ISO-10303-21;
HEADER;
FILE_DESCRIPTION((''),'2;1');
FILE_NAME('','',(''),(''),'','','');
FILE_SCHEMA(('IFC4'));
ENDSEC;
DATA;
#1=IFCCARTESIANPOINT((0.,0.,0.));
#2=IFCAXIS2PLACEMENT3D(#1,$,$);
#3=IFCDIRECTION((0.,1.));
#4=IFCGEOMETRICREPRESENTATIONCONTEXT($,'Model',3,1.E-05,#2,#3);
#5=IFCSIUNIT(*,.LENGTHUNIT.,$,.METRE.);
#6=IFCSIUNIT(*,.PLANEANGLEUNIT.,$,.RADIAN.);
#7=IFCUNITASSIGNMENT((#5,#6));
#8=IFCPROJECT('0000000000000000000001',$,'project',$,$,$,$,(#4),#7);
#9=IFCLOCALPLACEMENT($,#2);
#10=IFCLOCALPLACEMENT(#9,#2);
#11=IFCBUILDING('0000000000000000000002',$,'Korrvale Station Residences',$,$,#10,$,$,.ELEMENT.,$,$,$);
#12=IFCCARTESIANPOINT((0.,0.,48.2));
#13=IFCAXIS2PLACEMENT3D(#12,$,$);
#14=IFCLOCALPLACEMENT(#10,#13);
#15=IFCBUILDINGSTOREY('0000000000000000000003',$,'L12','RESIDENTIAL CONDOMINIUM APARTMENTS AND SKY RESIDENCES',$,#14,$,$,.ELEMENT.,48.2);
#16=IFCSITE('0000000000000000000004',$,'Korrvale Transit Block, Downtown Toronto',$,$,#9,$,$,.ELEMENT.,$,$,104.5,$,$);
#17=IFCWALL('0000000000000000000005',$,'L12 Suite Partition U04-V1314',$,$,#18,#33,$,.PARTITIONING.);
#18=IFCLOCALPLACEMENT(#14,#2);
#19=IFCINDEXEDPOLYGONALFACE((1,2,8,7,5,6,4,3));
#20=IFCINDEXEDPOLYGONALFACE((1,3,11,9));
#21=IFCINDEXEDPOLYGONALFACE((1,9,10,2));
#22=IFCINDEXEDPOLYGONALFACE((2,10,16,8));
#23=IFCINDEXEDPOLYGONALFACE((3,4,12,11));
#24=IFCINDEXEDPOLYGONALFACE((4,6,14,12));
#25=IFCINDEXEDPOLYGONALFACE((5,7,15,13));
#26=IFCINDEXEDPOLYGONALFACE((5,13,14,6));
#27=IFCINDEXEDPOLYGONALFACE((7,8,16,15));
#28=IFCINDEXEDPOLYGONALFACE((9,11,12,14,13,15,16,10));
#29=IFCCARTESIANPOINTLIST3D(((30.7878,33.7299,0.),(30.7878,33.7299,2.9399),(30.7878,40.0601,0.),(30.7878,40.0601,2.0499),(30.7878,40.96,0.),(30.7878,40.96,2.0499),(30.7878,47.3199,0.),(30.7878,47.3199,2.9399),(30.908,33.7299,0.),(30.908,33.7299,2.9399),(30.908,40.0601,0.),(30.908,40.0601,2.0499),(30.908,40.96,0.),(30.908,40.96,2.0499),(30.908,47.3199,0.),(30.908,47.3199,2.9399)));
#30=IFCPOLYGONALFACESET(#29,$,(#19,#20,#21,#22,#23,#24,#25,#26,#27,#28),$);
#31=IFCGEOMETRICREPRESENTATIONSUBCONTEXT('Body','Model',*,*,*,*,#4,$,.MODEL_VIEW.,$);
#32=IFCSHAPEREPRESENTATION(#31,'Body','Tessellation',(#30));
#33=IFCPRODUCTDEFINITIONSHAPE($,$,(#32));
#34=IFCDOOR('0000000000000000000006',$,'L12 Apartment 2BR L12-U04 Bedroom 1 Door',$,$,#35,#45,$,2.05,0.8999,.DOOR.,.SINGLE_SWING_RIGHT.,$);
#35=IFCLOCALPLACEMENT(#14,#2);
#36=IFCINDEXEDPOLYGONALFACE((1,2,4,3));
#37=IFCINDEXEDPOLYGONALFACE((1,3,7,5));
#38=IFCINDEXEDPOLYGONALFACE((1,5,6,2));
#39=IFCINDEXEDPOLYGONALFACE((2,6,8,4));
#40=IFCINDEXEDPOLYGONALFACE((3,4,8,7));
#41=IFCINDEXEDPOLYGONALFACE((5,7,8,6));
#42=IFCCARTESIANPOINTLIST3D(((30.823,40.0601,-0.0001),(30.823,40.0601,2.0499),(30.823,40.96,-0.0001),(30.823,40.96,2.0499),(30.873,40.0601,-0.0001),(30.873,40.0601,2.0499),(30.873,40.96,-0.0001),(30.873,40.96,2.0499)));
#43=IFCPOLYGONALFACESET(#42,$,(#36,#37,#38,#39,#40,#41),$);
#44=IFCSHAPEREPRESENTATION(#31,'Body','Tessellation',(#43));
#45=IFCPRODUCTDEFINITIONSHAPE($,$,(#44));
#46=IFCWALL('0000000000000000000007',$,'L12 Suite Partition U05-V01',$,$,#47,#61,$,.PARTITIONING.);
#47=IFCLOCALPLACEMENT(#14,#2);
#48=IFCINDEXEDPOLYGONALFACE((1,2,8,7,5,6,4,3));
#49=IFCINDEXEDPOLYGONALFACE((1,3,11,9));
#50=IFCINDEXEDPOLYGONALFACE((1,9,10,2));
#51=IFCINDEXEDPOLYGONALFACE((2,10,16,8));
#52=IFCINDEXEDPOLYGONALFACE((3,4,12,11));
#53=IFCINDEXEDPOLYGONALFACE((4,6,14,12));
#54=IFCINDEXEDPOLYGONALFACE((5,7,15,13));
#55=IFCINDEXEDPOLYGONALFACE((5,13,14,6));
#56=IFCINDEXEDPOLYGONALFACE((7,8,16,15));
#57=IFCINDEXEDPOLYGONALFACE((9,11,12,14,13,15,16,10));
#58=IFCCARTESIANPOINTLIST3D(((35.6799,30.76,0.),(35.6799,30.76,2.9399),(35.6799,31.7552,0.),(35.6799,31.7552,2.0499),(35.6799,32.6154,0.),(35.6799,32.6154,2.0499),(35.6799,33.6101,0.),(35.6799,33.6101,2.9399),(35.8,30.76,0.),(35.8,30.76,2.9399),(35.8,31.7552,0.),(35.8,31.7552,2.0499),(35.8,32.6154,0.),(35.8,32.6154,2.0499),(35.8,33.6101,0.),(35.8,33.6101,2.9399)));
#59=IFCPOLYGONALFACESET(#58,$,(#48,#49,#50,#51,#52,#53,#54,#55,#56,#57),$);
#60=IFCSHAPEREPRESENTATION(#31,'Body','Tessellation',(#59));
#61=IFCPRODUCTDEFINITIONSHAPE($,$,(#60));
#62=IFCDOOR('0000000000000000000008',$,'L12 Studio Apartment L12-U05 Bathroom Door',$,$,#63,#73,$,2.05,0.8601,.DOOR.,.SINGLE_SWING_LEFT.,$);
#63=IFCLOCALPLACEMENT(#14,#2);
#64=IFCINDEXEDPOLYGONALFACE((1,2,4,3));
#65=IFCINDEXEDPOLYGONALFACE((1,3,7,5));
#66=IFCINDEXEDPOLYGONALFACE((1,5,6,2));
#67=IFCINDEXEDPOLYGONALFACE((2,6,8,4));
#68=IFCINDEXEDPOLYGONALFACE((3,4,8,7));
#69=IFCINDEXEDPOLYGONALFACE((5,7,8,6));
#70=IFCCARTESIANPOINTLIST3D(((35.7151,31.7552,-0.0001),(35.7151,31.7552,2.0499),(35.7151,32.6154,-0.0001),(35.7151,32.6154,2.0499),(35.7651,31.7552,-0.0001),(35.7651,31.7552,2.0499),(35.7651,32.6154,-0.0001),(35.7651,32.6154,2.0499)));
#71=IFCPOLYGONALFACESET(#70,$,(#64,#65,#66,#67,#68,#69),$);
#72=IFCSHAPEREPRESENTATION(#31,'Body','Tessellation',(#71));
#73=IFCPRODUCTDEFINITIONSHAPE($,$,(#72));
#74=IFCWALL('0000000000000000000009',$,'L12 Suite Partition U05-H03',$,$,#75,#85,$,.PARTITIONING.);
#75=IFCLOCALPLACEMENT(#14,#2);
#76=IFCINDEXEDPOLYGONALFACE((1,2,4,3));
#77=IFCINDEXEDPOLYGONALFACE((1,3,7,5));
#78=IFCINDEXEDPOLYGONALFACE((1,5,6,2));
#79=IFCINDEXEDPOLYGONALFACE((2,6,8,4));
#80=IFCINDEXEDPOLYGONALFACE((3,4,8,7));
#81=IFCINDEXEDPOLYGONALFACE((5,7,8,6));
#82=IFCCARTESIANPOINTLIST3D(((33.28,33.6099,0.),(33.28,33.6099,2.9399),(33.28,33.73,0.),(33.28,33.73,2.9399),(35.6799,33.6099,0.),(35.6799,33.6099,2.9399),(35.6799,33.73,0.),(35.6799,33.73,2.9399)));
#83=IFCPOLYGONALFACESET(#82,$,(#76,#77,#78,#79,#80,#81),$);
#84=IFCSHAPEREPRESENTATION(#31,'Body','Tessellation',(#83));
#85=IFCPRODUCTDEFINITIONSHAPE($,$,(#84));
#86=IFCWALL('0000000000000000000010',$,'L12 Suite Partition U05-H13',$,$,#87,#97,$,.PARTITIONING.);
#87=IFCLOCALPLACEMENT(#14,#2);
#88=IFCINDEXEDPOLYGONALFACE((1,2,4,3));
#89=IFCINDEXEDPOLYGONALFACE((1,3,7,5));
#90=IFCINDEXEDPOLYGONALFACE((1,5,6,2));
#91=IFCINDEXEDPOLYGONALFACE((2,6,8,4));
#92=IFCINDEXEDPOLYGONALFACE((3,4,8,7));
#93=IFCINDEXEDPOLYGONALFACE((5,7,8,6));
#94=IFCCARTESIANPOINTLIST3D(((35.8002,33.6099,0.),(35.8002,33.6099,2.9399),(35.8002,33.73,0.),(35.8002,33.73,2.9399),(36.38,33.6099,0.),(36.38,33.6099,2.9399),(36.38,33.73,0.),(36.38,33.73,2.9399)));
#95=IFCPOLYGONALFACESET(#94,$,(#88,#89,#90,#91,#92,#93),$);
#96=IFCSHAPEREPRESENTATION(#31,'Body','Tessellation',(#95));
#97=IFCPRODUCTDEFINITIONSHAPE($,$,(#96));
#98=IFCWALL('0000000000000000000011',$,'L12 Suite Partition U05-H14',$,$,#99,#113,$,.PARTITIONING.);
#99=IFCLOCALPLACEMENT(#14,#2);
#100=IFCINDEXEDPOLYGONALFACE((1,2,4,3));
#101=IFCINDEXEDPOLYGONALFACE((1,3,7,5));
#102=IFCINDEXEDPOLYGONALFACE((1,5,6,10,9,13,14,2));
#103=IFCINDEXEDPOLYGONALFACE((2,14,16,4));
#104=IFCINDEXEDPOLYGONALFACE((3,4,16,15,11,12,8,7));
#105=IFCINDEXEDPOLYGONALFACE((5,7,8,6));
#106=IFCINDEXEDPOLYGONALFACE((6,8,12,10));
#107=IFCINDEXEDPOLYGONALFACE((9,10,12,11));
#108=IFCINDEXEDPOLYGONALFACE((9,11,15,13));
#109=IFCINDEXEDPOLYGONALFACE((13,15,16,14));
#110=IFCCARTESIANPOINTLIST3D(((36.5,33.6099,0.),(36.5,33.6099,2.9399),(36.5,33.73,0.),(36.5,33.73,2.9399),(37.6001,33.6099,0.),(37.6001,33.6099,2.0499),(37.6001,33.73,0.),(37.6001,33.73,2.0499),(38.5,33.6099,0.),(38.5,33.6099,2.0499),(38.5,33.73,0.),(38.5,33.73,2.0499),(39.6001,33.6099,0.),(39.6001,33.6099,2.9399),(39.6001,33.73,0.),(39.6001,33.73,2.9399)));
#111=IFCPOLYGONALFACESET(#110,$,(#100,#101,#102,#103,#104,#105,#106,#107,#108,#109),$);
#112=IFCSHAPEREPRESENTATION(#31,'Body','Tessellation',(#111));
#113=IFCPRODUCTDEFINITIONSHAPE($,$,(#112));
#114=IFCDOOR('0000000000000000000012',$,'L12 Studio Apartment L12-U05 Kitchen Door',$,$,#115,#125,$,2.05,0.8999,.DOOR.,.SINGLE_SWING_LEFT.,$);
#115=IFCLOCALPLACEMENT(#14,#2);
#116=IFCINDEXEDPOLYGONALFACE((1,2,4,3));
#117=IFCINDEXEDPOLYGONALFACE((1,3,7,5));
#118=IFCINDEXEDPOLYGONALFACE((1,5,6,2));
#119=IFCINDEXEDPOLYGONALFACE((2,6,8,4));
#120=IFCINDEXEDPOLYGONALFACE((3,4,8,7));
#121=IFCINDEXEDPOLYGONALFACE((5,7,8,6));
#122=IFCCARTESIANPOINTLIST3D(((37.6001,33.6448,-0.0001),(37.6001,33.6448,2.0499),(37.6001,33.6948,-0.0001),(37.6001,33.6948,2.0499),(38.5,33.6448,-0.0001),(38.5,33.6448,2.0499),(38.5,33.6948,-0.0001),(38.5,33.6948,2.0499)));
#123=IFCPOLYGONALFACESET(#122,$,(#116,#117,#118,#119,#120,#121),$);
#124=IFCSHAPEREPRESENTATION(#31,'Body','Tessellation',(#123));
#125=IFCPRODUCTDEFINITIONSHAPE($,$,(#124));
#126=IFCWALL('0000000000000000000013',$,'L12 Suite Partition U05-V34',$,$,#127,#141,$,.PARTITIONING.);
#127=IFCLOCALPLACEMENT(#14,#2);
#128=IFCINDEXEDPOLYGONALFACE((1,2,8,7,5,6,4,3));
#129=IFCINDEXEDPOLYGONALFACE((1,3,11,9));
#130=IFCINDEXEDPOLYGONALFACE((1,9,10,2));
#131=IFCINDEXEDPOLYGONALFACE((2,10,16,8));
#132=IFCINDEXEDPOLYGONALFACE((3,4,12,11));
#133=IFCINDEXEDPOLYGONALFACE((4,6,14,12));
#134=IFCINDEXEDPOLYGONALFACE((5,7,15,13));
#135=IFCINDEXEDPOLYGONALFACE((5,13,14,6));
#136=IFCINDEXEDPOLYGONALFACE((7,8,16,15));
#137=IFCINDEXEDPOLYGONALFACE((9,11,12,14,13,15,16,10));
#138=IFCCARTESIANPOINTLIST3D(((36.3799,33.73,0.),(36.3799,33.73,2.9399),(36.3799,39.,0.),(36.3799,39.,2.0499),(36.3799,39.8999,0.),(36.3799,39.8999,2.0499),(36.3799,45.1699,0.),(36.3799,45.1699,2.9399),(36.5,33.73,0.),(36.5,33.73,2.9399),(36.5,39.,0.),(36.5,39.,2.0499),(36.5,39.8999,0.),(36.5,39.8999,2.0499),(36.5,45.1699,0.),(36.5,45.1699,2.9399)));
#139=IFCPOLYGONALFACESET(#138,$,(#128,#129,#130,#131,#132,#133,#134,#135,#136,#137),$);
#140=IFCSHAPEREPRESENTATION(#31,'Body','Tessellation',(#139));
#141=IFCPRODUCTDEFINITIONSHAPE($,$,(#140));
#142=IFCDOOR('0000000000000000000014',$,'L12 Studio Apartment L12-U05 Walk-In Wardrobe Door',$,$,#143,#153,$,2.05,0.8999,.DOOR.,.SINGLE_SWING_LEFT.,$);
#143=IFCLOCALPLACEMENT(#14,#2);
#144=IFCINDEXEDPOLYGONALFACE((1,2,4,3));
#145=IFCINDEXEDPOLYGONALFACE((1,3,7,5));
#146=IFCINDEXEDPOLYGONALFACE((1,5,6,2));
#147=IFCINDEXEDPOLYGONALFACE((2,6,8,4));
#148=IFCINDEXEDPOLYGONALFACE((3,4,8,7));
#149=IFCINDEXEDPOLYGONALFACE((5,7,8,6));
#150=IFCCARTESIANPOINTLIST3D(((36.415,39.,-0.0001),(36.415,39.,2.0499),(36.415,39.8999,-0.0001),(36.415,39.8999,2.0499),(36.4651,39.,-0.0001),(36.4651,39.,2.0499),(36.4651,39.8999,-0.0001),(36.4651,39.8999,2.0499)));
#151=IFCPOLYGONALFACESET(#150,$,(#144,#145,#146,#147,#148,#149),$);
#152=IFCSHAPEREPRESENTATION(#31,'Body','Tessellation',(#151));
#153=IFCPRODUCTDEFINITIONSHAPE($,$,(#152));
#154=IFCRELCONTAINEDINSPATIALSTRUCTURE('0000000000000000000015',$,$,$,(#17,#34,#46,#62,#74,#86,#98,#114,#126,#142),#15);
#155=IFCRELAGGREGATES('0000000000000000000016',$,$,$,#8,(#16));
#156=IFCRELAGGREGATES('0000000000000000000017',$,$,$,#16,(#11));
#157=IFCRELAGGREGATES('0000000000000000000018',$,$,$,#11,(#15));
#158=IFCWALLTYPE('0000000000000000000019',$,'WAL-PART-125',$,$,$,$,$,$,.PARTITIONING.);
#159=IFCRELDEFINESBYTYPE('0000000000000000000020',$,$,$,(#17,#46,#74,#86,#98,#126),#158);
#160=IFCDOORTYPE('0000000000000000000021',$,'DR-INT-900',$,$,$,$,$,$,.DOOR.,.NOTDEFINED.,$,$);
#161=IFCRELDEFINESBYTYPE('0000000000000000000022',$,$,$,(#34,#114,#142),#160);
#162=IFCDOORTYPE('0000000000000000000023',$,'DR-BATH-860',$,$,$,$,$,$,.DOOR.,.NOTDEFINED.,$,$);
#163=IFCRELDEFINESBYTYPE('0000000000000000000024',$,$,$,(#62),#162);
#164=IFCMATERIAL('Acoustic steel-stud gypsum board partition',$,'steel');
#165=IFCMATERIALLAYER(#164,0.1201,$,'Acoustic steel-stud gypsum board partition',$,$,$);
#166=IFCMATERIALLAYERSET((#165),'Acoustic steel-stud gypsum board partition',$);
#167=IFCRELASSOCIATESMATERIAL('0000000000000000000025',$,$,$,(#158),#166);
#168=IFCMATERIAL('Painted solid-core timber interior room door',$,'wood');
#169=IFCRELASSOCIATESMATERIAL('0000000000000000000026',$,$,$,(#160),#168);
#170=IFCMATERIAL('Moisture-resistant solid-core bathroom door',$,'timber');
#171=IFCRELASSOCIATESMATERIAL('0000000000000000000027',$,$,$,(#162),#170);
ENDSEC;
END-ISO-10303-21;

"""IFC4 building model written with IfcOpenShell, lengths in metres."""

from ifc_helpers import new_model, si_unit, direction, frame, frame_2d, origin, place, context, subcontext, project, spatial, rectangle, extrude, material, layer, layer_set, type_object, element, fill, save


model = new_model("IFC4")

# Units and contexts
model_context = context("Model", 3, precision=1e-05, world=origin(), true_north=direction((0.0, 1.0)))
body_context = subcontext(model_context, "Body", "Model", "MODEL_VIEW")
ifc_project = project(units=[si_unit("LENGTHUNIT", "METRE"), si_unit("PLANEANGLEUNIT", "RADIAN")], contexts=[model_context])

# Site, building, storey
site_placement = place(None, origin())
site = spatial("IfcSite", under=ifc_project, at=site_placement, Name="Korrvale Transit Block, Downtown Toronto", CompositionType="ELEMENT", RefElevation=104.5)
building_placement = place(site_placement, origin())
building = spatial("IfcBuilding", under=site, at=building_placement, Name="Korrvale Station Residences", CompositionType="ELEMENT")
storey_placement = place(building_placement, frame((0.0, 0.0, 48.2)))
storey = spatial("IfcBuildingStorey", under=building, at=storey_placement, Name="L12", Description="RESIDENTIAL CONDOMINIUM APARTMENTS AND SKY RESIDENCES", CompositionType="ELEMENT", Elevation=48.2)

# Shared definitions
ifc_material_1 = material(Name="Acoustic steel-stud gypsum board partition", Category="steel")
ifc_layer = layer(ifc_material_1, 0.1201, Name="Acoustic steel-stud gypsum board partition")
ifc_layer_set = layer_set([ifc_layer], Name="Acoustic steel-stud gypsum board partition")
wall_type = type_object("IfcWallType", Name="WAL-PART-125", PredefinedType="PARTITIONING", material=ifc_layer_set)

# Walls, openings, doors
ifc_material_2 = material(Name="Painted solid-core timber interior room door", Category="wood")
door_type_1 = type_object("IfcDoorType", Name="DR-INT-900", OperationType="NOTDEFINED", PredefinedType="DOOR", material=ifc_material_2)
wall_1_placement = place(storey_placement, frame((30.8479, 33.73, 0.0), z_axis=(0.0, 0.0, 1.0), x_axis=(0.0, 1.0, 0.0)))
wall_1 = element("IfcWall", 1, at=wall_1_placement, inside=storey, type_object=wall_type, Name="L12 Suite Partition U04-V1314", PredefinedType="PARTITIONING", context=body_context, shape_type="SweptSolid", body=[
    extrude(rectangle(XDim=13.5901, YDim=0.1201, at=frame_2d((6.7949, 0.0))), origin(), (0.0, 0.0, 1.0), 2.9399),
])
opening_1_placement = place(wall_1_placement, frame((6.3301, 0.0, 0.0)))
opening_1 = element("IfcOpeningElement", 2, at=opening_1_placement, cuts=wall_1, PredefinedType="OPENING", context=body_context, shape_type="SweptSolid", body=[
    extrude(rectangle(XDim=0.8999, YDim=2.05, at=frame_2d((0.45, 1.0249))), frame((0.0, 0.0701, 0.0), z_axis=(0.0, -1.0, 0.0), x_axis=(1.0, 0.0, 0.0)), (0.0, 0.0, 1.0), 0.1401),
])
door_1_placement = place(opening_1_placement, origin())
door_1 = element("IfcDoor", 3, at=door_1_placement, inside=storey, type_object=door_type_1, Name="L12 Apartment 2BR L12-U04 Bedroom 1 Door", OperationType="SINGLE_SWING_RIGHT", OverallHeight=2.05, OverallWidth=0.8999, PredefinedType="DOOR", context=body_context, shape_type="SweptSolid", body=[
    extrude(rectangle(XDim=0.8999, YDim=2.05, at=frame_2d((0.45, 1.0249))), frame((0.0, 0.0249, 0.0), z_axis=(0.0, -1.0, 0.0), x_axis=(1.0, 0.0, 0.0)), (0.0, 0.0, 1.0), 0.05),
])
fill(opening_1, door_1)
wall_2_placement = place(storey_placement, frame((35.74, 30.76, 0.0), z_axis=(0.0, 0.0, 1.0), x_axis=(0.0, 1.0, 0.0)))
wall_2 = element("IfcWall", 4, at=wall_2_placement, inside=storey, type_object=wall_type, Name="L12 Suite Partition U05-V01", PredefinedType="PARTITIONING", context=body_context, shape_type="SweptSolid", body=[
    extrude(rectangle(XDim=2.8501, YDim=0.1201, at=frame_2d((1.425, 0.0))), origin(), (0.0, 0.0, 1.0), 2.9399),
])
opening_2_placement = place(wall_2_placement, frame((0.9951, 0.0, 0.0)))
opening_2 = element("IfcOpeningElement", 5, at=opening_2_placement, cuts=wall_2, PredefinedType="OPENING", context=body_context, shape_type="SweptSolid", body=[
    extrude(rectangle(XDim=0.8601, YDim=2.05, at=frame_2d((0.4302, 1.0249))), frame((0.0, 0.0701, 0.0), z_axis=(0.0, -1.0, 0.0), x_axis=(1.0, 0.0, 0.0)), (0.0, 0.0, 1.0), 0.1401),
])
ifc_material_3 = material(Name="Moisture-resistant solid-core bathroom door", Category="timber")
door_type_2 = type_object("IfcDoorType", Name="DR-BATH-860", OperationType="NOTDEFINED", PredefinedType="DOOR", material=ifc_material_3)
door_2_placement = place(opening_2_placement, origin())
door_2 = element("IfcDoor", 6, at=door_2_placement, inside=storey, type_object=door_type_2, Name="L12 Studio Apartment L12-U05 Bathroom Door", OperationType="SINGLE_SWING_LEFT", OverallHeight=2.05, OverallWidth=0.8601, PredefinedType="DOOR", context=body_context, shape_type="SweptSolid", body=[
    extrude(rectangle(XDim=0.8601, YDim=2.05, at=frame_2d((0.4302, 1.0249))), frame((0.0, 0.0249, 0.0), z_axis=(0.0, -1.0, 0.0), x_axis=(1.0, 0.0, 0.0)), (0.0, 0.0, 1.0), 0.05),
])
fill(opening_2, door_2)

# Walls
wall_3_placement = place(storey_placement, frame((33.28, 33.6699, 0.0), z_axis=(0.0, 0.0, 1.0), x_axis=(1.0, 0.0, 0.0)))
element("IfcWall", 7, at=wall_3_placement, inside=storey, type_object=wall_type, Name="L12 Suite Partition U05-H03", PredefinedType="PARTITIONING", context=body_context, shape_type="SweptSolid", body=[
    extrude(rectangle(XDim=2.3999, YDim=0.1201, at=frame_2d((1.2, 0.0))), origin(), (0.0, 0.0, 1.0), 2.9399),
])
wall_4_placement = place(storey_placement, frame((35.8, 33.6699, 0.0), z_axis=(0.0, 0.0, 1.0), x_axis=(1.0, 0.0, 0.0)))
element("IfcWall", 8, at=wall_4_placement, inside=storey, type_object=wall_type, Name="L12 Suite Partition U05-H13", PredefinedType="PARTITIONING", context=body_context, shape_type="SweptSolid", body=[
    extrude(rectangle(XDim=0.5798, YDim=0.1201, at=frame_2d((0.29, 0.0))), origin(), (0.0, 0.0, 1.0), 2.9399),
])

# Walls, openings, doors
wall_5_placement = place(storey_placement, frame((36.5, 33.6699, 0.0), z_axis=(0.0, 0.0, 1.0), x_axis=(1.0, 0.0, 0.0)))
wall_5 = element("IfcWall", 9, at=wall_5_placement, inside=storey, type_object=wall_type, Name="L12 Suite Partition U05-H14", PredefinedType="PARTITIONING", context=body_context, shape_type="SweptSolid", body=[
    extrude(rectangle(XDim=3.1001, YDim=0.1201, at=frame_2d((1.55, 0.0))), origin(), (0.0, 0.0, 1.0), 2.9399),
])
opening_3_placement = place(wall_5_placement, frame((1.1001, 0.0, 0.0)))
opening_3 = element("IfcOpeningElement", 10, at=opening_3_placement, cuts=wall_5, PredefinedType="OPENING", context=body_context, shape_type="SweptSolid", body=[
    extrude(rectangle(XDim=0.8999, YDim=2.05, at=frame_2d((0.45, 1.0249))), frame((0.0, 0.0701, 0.0), z_axis=(0.0, -1.0, 0.0), x_axis=(1.0, 0.0, 0.0)), (0.0, 0.0, 1.0), 0.1401),
])
door_3_placement = place(opening_3_placement, origin())
door_3 = element("IfcDoor", 11, at=door_3_placement, inside=storey, type_object=door_type_1, Name="L12 Studio Apartment L12-U05 Kitchen Door", OperationType="SINGLE_SWING_LEFT", OverallHeight=2.05, OverallWidth=0.8999, PredefinedType="DOOR", context=body_context, shape_type="SweptSolid", body=[
    extrude(rectangle(XDim=0.8999, YDim=2.05, at=frame_2d((0.45, 1.0249))), frame((0.0, 0.0249, 0.0), z_axis=(0.0, -1.0, 0.0), x_axis=(1.0, 0.0, 0.0)), (0.0, 0.0, 1.0), 0.05),
])
fill(opening_3, door_3)
wall_6_placement = place(storey_placement, frame((36.4399, 33.73, 0.0), z_axis=(0.0, 0.0, 1.0), x_axis=(0.0, 1.0, 0.0)))
wall_6 = element("IfcWall", 12, at=wall_6_placement, inside=storey, type_object=wall_type, Name="L12 Suite Partition U05-V34", PredefinedType="PARTITIONING", context=body_context, shape_type="SweptSolid", body=[
    extrude(rectangle(XDim=11.4399, YDim=0.1201, at=frame_2d((5.72, 0.0))), origin(), (0.0, 0.0, 1.0), 2.9399),
])
opening_4_placement = place(wall_6_placement, frame((5.27, 0.0, 0.0)))
opening_4 = element("IfcOpeningElement", 13, at=opening_4_placement, cuts=wall_6, PredefinedType="OPENING", context=body_context, shape_type="SweptSolid", body=[
    extrude(rectangle(XDim=0.8999, YDim=2.05, at=frame_2d((0.45, 1.0249))), frame((0.0, 0.0701, 0.0), z_axis=(0.0, -1.0, 0.0), x_axis=(1.0, 0.0, 0.0)), (0.0, 0.0, 1.0), 0.1401),
])
door_4_placement = place(opening_4_placement, origin())
door_4 = element("IfcDoor", 14, at=door_4_placement, inside=storey, type_object=door_type_1, Name="L12 Studio Apartment L12-U05 Walk-In Wardrobe Door", OperationType="SINGLE_SWING_LEFT", OverallHeight=2.05, OverallWidth=0.8999, PredefinedType="DOOR", context=body_context, shape_type="SweptSolid", body=[
    extrude(rectangle(XDim=0.8999, YDim=2.05, at=frame_2d((0.45, 1.0249))), frame((0.0, 0.0249, 0.0), z_axis=(0.0, -1.0, 0.0), x_axis=(1.0, 0.0, 0.0)), (0.0, 0.0, 1.0), 0.05),
])
fill(opening_4, door_4)

save(model, "model.ifc")
